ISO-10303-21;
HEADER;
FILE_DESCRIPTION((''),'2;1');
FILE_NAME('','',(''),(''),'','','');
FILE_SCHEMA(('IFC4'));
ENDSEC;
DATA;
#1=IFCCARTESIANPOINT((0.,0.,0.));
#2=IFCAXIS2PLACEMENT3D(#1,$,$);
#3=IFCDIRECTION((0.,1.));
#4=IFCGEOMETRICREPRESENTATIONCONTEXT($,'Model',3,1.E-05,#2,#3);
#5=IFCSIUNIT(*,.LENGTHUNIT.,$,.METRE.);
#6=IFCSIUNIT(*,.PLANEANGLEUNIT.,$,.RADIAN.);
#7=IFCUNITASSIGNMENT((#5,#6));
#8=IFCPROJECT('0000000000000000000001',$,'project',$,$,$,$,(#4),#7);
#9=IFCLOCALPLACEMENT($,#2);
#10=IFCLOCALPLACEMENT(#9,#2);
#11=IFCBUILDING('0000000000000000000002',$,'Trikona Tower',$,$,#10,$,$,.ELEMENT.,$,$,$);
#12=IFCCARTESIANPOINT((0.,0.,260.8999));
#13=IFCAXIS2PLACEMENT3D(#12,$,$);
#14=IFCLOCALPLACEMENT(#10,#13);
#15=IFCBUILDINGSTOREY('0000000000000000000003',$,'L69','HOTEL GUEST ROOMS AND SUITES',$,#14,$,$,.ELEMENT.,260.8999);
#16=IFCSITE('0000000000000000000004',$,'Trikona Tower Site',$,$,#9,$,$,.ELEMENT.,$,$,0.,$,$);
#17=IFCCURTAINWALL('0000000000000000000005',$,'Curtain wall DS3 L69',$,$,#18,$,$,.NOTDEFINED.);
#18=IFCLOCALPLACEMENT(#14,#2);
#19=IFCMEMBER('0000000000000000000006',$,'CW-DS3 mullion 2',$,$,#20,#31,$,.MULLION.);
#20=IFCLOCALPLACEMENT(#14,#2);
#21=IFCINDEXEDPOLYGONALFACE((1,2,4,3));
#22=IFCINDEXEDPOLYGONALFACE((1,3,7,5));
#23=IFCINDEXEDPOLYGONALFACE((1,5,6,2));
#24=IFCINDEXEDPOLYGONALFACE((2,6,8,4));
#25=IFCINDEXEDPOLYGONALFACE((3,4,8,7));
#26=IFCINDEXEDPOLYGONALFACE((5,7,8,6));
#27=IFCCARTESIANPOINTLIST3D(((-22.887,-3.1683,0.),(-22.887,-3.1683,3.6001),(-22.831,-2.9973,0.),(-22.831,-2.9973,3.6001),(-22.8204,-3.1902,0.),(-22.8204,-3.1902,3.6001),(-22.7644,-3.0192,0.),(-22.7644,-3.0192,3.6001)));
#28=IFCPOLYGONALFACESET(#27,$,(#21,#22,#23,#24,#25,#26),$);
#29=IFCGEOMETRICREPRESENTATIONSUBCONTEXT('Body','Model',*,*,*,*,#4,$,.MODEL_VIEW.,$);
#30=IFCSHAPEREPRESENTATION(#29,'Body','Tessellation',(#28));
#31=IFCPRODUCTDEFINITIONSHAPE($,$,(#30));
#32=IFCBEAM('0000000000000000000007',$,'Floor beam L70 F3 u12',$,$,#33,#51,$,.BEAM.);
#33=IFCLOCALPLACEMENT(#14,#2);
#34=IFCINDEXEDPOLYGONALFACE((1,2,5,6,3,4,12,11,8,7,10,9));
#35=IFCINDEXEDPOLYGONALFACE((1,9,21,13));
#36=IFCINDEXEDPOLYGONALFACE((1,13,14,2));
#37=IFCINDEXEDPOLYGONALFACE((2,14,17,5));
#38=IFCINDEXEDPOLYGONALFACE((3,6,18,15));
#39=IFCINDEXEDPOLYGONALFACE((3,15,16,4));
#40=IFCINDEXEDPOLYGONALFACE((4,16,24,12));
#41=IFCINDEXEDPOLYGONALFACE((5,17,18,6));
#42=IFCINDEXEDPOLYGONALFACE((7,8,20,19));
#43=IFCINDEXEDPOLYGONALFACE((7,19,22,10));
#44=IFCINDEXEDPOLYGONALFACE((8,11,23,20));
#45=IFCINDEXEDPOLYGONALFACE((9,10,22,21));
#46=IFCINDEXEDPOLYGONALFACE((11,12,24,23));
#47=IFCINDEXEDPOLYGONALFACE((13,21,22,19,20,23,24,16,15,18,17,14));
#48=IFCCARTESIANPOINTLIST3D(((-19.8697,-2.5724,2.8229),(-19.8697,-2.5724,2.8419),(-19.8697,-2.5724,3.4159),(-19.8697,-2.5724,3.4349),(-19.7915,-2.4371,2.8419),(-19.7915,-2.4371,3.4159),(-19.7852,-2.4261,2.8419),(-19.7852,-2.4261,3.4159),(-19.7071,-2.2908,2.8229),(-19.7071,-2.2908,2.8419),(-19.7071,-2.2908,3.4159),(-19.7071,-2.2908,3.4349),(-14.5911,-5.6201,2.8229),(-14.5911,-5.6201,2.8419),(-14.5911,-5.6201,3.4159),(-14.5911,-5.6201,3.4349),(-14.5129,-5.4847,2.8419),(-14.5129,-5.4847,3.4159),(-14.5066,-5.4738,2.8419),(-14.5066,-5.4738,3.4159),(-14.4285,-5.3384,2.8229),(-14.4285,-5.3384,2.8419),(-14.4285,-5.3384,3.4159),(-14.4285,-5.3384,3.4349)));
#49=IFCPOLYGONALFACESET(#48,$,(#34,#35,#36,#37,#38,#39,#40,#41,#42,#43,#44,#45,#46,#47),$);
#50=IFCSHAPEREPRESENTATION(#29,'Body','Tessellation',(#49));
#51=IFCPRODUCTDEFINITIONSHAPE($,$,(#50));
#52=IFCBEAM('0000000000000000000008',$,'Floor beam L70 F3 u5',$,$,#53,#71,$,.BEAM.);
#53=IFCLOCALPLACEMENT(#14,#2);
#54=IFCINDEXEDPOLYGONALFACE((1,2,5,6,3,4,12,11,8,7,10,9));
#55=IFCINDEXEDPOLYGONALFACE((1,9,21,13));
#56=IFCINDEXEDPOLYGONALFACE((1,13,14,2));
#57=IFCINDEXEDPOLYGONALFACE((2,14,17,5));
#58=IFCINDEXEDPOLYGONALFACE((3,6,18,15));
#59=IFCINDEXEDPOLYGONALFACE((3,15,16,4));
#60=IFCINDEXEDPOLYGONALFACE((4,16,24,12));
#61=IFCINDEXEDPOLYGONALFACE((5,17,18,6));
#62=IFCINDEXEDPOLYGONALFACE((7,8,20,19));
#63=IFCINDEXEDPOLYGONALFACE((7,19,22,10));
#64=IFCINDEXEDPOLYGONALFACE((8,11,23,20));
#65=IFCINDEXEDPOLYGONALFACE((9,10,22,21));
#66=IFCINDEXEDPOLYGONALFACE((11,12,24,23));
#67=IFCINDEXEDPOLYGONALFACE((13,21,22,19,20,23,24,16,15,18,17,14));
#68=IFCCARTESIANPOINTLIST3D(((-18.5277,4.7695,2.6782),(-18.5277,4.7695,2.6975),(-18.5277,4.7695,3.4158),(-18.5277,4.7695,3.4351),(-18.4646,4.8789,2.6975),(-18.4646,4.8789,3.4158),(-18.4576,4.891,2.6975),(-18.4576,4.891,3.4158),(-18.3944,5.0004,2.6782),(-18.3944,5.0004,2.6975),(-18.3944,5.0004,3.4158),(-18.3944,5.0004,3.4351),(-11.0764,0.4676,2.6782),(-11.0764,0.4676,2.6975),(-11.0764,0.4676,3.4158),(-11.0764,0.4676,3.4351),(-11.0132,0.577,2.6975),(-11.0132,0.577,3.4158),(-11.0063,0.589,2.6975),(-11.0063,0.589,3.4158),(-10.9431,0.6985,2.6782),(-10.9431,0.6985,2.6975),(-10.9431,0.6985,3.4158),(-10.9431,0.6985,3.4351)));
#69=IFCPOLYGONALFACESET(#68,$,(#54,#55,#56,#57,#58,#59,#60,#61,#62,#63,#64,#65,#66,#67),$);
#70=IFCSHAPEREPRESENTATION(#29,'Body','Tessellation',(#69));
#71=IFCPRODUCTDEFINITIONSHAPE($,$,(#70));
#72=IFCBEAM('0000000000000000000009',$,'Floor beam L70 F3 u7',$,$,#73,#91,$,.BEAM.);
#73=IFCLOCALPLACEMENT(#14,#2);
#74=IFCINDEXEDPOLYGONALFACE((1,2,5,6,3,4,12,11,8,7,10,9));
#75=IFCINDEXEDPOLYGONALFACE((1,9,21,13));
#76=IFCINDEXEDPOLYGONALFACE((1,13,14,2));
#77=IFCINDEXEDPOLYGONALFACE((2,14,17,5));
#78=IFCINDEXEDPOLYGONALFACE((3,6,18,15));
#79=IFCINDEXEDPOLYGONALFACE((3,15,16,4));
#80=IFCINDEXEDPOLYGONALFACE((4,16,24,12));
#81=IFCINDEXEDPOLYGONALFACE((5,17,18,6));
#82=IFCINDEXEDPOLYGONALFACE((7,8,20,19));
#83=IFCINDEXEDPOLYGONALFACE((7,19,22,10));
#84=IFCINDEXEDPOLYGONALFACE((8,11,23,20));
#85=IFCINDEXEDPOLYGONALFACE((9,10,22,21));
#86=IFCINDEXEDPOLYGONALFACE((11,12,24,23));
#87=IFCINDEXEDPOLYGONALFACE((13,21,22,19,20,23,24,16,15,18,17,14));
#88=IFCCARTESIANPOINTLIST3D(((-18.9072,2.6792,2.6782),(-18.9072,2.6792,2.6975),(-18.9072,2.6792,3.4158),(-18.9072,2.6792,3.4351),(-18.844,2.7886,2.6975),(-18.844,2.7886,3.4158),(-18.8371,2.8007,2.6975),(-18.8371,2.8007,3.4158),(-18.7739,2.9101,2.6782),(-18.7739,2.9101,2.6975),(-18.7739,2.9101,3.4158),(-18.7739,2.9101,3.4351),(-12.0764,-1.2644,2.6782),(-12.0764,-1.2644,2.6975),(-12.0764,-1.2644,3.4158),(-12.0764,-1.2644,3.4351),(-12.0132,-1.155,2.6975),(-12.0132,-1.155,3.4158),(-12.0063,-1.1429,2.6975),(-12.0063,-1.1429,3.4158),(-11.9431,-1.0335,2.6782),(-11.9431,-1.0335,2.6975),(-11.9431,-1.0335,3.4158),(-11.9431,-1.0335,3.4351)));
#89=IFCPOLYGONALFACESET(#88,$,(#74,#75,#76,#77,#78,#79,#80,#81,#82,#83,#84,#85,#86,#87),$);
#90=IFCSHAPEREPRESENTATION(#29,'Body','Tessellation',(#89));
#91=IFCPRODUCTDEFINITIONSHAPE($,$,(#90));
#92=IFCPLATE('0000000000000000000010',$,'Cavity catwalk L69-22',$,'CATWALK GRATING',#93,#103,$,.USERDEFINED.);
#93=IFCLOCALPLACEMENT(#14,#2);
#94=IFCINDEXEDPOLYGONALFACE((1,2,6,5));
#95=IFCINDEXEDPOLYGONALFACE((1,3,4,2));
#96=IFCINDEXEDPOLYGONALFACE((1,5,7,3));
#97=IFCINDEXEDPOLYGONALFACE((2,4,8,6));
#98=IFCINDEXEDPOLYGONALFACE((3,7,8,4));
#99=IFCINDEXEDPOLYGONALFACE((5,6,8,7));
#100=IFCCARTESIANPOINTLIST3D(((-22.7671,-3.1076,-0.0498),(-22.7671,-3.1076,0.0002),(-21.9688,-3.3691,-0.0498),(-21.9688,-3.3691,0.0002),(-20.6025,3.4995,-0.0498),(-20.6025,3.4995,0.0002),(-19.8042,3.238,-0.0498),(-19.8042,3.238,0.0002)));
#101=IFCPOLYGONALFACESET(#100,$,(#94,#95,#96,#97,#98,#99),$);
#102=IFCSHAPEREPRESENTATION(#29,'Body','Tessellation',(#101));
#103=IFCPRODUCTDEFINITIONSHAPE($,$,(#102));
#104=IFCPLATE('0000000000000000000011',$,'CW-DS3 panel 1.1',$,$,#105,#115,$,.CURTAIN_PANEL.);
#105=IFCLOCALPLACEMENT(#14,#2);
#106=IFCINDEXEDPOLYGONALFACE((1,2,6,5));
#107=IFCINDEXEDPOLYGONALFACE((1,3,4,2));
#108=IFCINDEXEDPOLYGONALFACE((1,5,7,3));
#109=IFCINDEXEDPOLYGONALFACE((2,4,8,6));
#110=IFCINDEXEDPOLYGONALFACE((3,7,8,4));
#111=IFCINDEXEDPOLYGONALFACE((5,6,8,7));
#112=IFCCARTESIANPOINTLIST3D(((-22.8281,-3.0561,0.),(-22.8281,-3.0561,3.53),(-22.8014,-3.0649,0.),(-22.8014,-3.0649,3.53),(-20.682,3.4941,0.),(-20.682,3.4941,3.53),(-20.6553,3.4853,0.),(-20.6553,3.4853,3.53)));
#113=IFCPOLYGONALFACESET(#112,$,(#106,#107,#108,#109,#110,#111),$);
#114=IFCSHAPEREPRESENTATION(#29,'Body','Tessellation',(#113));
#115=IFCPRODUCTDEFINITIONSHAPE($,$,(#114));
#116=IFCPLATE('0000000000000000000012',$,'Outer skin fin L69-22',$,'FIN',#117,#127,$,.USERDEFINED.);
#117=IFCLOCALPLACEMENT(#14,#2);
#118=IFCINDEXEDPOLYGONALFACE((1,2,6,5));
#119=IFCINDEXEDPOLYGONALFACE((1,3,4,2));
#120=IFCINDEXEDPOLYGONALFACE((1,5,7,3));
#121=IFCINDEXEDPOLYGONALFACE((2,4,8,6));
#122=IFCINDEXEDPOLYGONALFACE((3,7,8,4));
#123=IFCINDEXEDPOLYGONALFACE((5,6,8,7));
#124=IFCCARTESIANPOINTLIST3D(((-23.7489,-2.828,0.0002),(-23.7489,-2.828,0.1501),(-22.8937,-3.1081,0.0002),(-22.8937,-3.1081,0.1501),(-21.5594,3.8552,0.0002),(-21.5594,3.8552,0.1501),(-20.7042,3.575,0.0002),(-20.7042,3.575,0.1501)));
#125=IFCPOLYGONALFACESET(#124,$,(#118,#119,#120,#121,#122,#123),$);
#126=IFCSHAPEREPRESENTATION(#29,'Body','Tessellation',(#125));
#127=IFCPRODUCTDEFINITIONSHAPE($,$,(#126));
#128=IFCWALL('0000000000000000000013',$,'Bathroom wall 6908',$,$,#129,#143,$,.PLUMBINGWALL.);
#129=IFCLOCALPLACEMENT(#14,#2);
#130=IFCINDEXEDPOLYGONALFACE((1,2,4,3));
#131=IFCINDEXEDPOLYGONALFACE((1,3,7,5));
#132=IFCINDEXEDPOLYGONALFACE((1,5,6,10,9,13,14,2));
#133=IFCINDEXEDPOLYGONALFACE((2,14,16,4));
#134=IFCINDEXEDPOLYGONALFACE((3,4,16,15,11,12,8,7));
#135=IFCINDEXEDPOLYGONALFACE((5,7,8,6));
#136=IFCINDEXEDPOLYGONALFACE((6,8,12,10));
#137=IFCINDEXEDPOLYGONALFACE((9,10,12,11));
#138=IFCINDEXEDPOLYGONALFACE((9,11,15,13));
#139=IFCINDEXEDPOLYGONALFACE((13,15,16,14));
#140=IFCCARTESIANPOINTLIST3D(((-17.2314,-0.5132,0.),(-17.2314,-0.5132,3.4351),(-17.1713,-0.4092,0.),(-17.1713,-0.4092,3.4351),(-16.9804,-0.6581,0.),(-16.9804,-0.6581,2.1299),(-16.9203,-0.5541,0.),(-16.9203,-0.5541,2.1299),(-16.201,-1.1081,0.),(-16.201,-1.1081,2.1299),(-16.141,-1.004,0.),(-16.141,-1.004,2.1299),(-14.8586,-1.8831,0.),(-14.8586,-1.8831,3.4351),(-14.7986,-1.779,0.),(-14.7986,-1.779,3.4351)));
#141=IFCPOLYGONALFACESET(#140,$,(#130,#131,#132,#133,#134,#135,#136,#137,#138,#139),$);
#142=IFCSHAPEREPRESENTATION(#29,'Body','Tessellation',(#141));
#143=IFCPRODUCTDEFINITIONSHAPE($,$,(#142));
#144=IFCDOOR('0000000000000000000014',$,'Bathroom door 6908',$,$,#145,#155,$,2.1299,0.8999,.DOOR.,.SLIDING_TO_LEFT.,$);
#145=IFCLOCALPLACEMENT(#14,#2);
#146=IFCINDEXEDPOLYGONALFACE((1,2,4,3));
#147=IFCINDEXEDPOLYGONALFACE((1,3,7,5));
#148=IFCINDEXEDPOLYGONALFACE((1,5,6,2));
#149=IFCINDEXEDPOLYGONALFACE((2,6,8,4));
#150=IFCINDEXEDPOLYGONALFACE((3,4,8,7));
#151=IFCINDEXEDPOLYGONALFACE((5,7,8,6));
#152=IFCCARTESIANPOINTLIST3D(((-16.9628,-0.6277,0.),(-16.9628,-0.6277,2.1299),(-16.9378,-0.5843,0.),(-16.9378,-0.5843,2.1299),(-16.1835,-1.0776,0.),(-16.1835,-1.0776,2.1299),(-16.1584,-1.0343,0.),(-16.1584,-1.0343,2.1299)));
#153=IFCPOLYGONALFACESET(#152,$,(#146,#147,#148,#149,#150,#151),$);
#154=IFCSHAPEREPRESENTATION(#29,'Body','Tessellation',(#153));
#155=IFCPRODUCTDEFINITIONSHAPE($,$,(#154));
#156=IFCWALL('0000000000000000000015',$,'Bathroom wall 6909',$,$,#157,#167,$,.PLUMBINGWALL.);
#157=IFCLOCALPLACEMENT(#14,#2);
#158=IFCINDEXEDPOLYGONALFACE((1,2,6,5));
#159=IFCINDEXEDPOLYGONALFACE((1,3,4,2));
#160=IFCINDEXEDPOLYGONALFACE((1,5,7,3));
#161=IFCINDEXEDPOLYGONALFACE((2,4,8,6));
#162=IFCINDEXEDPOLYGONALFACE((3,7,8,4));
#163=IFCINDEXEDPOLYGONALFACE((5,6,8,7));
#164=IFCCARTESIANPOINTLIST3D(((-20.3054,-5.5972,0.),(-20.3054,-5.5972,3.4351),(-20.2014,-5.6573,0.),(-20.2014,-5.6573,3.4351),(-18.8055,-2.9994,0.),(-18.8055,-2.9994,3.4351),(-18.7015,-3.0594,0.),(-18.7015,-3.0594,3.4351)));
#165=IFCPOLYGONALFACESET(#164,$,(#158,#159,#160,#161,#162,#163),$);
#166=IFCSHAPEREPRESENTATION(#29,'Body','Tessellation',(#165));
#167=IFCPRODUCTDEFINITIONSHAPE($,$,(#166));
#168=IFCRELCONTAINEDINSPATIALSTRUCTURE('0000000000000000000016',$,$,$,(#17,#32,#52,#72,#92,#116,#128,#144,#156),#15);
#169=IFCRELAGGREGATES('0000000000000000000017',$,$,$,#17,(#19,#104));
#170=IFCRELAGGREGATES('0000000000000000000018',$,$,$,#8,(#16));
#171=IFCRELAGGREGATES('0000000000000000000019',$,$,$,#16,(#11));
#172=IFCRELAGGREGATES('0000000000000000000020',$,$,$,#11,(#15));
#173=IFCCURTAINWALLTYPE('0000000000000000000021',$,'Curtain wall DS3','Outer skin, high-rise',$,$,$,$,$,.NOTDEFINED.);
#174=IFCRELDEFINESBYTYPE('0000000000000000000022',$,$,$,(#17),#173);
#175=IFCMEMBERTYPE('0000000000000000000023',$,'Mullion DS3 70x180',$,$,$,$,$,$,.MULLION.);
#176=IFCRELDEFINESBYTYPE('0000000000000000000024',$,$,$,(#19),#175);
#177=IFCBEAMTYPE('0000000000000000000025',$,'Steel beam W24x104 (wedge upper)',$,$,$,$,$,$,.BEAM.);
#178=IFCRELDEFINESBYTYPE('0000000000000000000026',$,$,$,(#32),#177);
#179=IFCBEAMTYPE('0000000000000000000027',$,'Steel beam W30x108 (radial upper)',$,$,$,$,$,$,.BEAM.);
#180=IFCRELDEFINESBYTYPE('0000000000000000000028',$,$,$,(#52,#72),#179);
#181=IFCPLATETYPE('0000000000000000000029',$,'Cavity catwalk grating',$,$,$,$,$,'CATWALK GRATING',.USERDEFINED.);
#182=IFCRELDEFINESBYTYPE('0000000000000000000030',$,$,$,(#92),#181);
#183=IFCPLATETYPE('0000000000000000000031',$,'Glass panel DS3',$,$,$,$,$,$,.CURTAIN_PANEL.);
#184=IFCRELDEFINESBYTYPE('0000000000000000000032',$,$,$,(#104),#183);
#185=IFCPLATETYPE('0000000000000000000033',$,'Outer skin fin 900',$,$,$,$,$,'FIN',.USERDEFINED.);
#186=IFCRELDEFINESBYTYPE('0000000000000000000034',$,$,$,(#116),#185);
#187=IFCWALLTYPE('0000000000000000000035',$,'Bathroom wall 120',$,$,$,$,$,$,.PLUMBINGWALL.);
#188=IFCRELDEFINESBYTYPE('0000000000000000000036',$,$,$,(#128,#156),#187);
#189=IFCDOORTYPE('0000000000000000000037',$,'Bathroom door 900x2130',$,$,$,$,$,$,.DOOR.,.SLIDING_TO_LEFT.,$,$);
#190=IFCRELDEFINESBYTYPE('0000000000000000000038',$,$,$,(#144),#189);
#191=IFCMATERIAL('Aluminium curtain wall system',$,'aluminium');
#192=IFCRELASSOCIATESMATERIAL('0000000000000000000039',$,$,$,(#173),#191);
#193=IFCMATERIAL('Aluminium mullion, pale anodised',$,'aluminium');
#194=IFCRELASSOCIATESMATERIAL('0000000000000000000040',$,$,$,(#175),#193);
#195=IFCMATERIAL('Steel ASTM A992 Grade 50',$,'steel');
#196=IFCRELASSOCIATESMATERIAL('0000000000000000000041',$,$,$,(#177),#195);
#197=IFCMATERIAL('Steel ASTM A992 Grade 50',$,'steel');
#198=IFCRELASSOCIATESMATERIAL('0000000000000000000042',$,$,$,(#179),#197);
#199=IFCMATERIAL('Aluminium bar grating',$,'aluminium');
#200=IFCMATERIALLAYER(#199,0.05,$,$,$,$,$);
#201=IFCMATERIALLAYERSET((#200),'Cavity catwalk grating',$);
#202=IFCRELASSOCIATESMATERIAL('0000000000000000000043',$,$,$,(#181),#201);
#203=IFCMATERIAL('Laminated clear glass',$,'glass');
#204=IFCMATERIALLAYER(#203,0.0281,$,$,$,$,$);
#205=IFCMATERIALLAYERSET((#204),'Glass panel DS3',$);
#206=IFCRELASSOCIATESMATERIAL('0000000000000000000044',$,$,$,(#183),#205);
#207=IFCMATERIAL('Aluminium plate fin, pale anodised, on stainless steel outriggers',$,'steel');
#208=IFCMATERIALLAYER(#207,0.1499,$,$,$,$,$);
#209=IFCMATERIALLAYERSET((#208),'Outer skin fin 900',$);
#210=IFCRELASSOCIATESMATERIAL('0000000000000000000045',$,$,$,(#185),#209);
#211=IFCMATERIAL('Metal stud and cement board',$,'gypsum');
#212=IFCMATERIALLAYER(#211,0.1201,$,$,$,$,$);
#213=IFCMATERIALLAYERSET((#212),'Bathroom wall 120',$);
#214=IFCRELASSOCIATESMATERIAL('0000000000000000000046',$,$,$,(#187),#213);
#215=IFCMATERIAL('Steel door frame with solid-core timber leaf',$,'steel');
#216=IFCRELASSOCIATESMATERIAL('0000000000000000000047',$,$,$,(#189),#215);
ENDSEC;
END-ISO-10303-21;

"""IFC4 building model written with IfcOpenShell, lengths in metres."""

from ifc_helpers import new_model, si_unit, direction, frame, frame_2d, origin, origin_2d, place, context, subcontext, project, spatial, rectangle, i_section, extrude, material, layer, layer_set, material_profile, profile_set, type_object, element, fill, aggregate, save


model = new_model("IFC4")

# Units and contexts
model_context = context("Model", 3, precision=1e-05, world=origin(), true_north=direction((0.0, 1.0)))
body_context = subcontext(model_context, "Body", "Model", "MODEL_VIEW")
ifc_project = project(units=[si_unit("LENGTHUNIT", "METRE"), si_unit("PLANEANGLEUNIT", "RADIAN")], contexts=[model_context])

# Site, building, storey
site_placement = place(None, origin())
site = spatial("IfcSite", under=ifc_project, at=site_placement, Name="Trikona Tower Site", CompositionType="ELEMENT", RefElevation=0.0)
building_placement = place(site_placement, origin())
building = spatial("IfcBuilding", under=site, at=building_placement, Name="Trikona Tower", CompositionType="ELEMENT")
storey_placement = place(building_placement, frame((0.0, 0.0, 260.8999)))
storey = spatial("IfcBuildingStorey", under=building, at=storey_placement, Name="L69", Description="HOTEL GUEST ROOMS AND SUITES", CompositionType="ELEMENT", Elevation=260.8999)

# Curtain wall, member
ifc_material_1 = material(Name="Aluminium curtain wall system", Category="aluminium")
curtain_wall_type = type_object("IfcCurtainWallType", Name="Curtain wall DS3", Description="Outer skin, high-rise", PredefinedType="NOTDEFINED", material=ifc_material_1)
curtain_wall_placement = place(storey_placement, origin())
curtain_wall = element("IfcCurtainWall", 1, at=curtain_wall_placement, inside=storey, type_object=curtain_wall_type, Name="Curtain wall DS3 L69", PredefinedType="NOTDEFINED")
ifc_material_2 = material(Name="Aluminium mullion, pale anodised", Category="aluminium")
ifc_material_profile_1 = material_profile(ifc_material_2, rectangle(XDim=0.0701, YDim=0.1799, at=origin_2d()), Name="MUL-DS3")
ifc_profile_set_1 = profile_set([ifc_material_profile_1], Name="Aluminium mullion, pale anodised")
member_type = type_object("IfcMemberType", Name="Mullion DS3 70x180", PredefinedType="MULLION", material=ifc_profile_set_1)
member_placement = place(storey_placement, frame((-22.8257, -3.0938, 0.0), z_axis=(0.0, 0.0, 1.0), x_axis=(0.950297, -0.311344, 0.0)))
member = element("IfcMember", 2, at=member_placement, type_object=member_type, Name="CW-DS3 mullion 2", PredefinedType="MULLION", context=body_context, shape_type="SweptSolid", body=[
    extrude(rectangle(XDim=0.0701, YDim=0.1799, at=origin_2d()), origin(), (0.0, 0.0, 1.0), 3.6001),
])

# Beams
ifc_material_3 = material(Name="Steel ASTM A992 Grade 50", Category="steel")
ifc_material_profile_2 = material_profile(ifc_material_3, i_section(OverallWidth=0.3252, OverallDepth=0.6121, WebThickness=0.0127, FlangeThickness=0.019, at=origin_2d()), Name="W24X104")
ifc_profile_set_2 = profile_set([ifc_material_profile_2], Name="Steel ASTM A992 Grade 50")
beam_type_1 = type_object("IfcBeamType", Name="Steel beam W24x104 (wedge upper)", PredefinedType="BEAM", material=ifc_profile_set_2)
beam_1_placement = place(storey_placement, frame((-14.5098, -5.4792, 3.1289), z_axis=(-0.866023, 0.500003, 0.0), x_axis=(-0.500003, -0.866023, 0.0)))
element("IfcBeam", 3, at=beam_1_placement, inside=storey, type_object=beam_type_1, Name="Floor beam L70 F3 u12", PredefinedType="BEAM", context=body_context, shape_type="SweptSolid", body=[
    extrude(i_section(OverallWidth=0.3252, OverallDepth=0.6121, WebThickness=0.0127, FlangeThickness=0.019, at=origin_2d()), origin(), (0.0, 0.0, 1.0), 6.0952),
])
ifc_material_4 = material(Name="Steel ASTM A992 Grade 50", Category="steel")
ifc_material_profile_3 = material_profile(ifc_material_4, i_section(OverallWidth=0.2666, OverallDepth=0.7568, WebThickness=0.0139, FlangeThickness=0.0193, at=origin_2d()), Name="W30X108")
ifc_profile_set_3 = profile_set([ifc_material_profile_3], Name="Steel ASTM A992 Grade 50")
beam_type_2 = type_object("IfcBeamType", Name="Steel beam W30x108 (radial upper)", PredefinedType="BEAM", material=ifc_profile_set_3)
beam_2_placement = place(storey_placement, frame((-11.0098, 0.583, 3.0566), z_axis=(-0.866029, 0.499993, 0.0), x_axis=(-0.499993, -0.866029, 0.0)))
element("IfcBeam", 4, at=beam_2_placement, inside=storey, type_object=beam_type_2, Name="Floor beam L70 F3 u5", PredefinedType="BEAM", context=body_context, shape_type="SweptSolid", body=[
    extrude(i_section(OverallWidth=0.2666, OverallDepth=0.7568, WebThickness=0.0139, FlangeThickness=0.0193, at=origin_2d()), origin(), (0.0, 0.0, 1.0), 8.604),
])
beam_3_placement = place(storey_placement, frame((-12.0098, -1.1489, 3.0566), z_axis=(-0.866035, 0.499984, 0.0), x_axis=(-0.499984, -0.866035, 0.0)))
element("IfcBeam", 5, at=beam_3_placement, inside=storey, type_object=beam_type_2, Name="Floor beam L70 F3 u7", PredefinedType="BEAM", context=body_context, shape_type="SweptSolid", body=[
    extrude(i_section(OverallWidth=0.2666, OverallDepth=0.7568, WebThickness=0.0139, FlangeThickness=0.0193, at=origin_2d()), origin(), (0.0, 0.0, 1.0), 7.8875),
])

# Plates
ifc_material_5 = material(Name="Aluminium bar grating", Category="aluminium")
ifc_layer_1 = layer(ifc_material_5, 0.05)
ifc_layer_set_1 = layer_set([ifc_layer_1], Name="Cavity catwalk grating")
plate_type_1 = type_object("IfcPlateType", Name="Cavity catwalk grating", ElementType="CATWALK GRATING", PredefinedType="USERDEFINED", material=ifc_layer_set_1)
plate_1_placement = place(storey_placement, frame((-21.2856, 0.0652, -0.0498), z_axis=(0.0, 0.0, 1.0), x_axis=(-0.311337, -0.9503, 0.0)))
element("IfcPlate", 6, at=plate_1_placement, inside=storey, type_object=plate_type_1, Name="Cavity catwalk L69-22", ObjectType="CATWALK GRATING", PredefinedType="USERDEFINED", context=body_context, shape_type="SweptSolid", body=[
    extrude(rectangle(XDim=6.9526, YDim=0.8401, at=origin_2d()), origin(), (0.0, 0.0, 1.0), 0.05),
])
ifc_material_6 = material(Name="Laminated clear glass", Category="glass")
ifc_layer_2 = layer(ifc_material_6, 0.0281)
ifc_layer_set_2 = layer_set([ifc_layer_2], Name="Glass panel DS3")
plate_type_2 = type_object("IfcPlateType", Name="Glass panel DS3", PredefinedType="CURTAIN_PANEL", material=ifc_layer_set_2)
plate_2_placement = place(storey_placement, frame((-21.7417, 0.2146, 0.0), z_axis=(0.0, 0.0, 1.0), x_axis=(-0.311344, -0.950297, 0.0)))
plate_2 = element("IfcPlate", 7, at=plate_2_placement, type_object=plate_type_2, Name="CW-DS3 panel 1.1", PredefinedType="CURTAIN_PANEL", context=body_context, shape_type="SweptSolid", body=[
    extrude(rectangle(XDim=6.8928, YDim=0.0281, at=origin_2d()), origin(), (0.0, 0.0, 1.0), 3.53),
])
aggregate(curtain_wall, [member, plate_2])
ifc_material_7 = material(Name="Aluminium plate fin, pale anodised, on stainless steel outriggers", Category="steel")
ifc_layer_3 = layer(ifc_material_7, 0.1499)
ifc_layer_set_3 = layer_set([ifc_layer_3], Name="Outer skin fin 900")
plate_type_3 = type_object("IfcPlateType", Name="Outer skin fin 900", ElementType="FIN", PredefinedType="USERDEFINED", material=ifc_layer_set_3)
plate_3_placement = place(storey_placement, frame((-22.2266, 0.3735, 0.0002), z_axis=(0.0, 0.0, 1.0), x_axis=(-0.311337, -0.9503, 0.0)))
element("IfcPlate", 8, at=plate_3_placement, inside=storey, type_object=plate_type_3, Name="Outer skin fin L69-22", ObjectType="FIN", PredefinedType="USERDEFINED", context=body_context, shape_type="SweptSolid", body=[
    extrude(rectangle(XDim=7.0327, YDim=0.8999, at=origin_2d()), origin(), (0.0, 0.0, 1.0), 0.1499),
])

# Wall, opening, door
ifc_material_8 = material(Name="Metal stud and cement board", Category="gypsum")
ifc_layer_4 = layer(ifc_material_8, 0.1201)
ifc_layer_set_4 = layer_set([ifc_layer_4], Name="Bathroom wall 120")
wall_type_1 = type_object("IfcWallType", Name="Bathroom wall 120", PredefinedType="PLUMBINGWALL", material=ifc_layer_set_4)
wall_1_placement = place(storey_placement, frame((-14.8286, -1.8311, 0.0), z_axis=(0.0, 0.0, 1.0), x_axis=(-0.866036, 0.499982, 0.0)))
wall_1 = element("IfcWall", 9, at=wall_1_placement, inside=storey, type_object=wall_type_1, Name="Bathroom wall 6908", PredefinedType="PLUMBINGWALL", context=body_context, shape_type="SweptSolid", body=[
    extrude(rectangle(XDim=2.7397, YDim=0.1201, at=frame_2d((1.3699, 0.0))), origin(), (0.0, 0.0, 1.0), 3.4351),
])
opening_1_placement = place(wall_1_placement, frame((1.55, 0.0, 0.0)))
opening_1 = element("IfcOpeningElement", 10, at=opening_1_placement, cuts=wall_1, PredefinedType="OPENING", context=body_context, shape_type="SweptSolid", body=[
    extrude(rectangle(XDim=0.8999, YDim=2.1299, at=frame_2d((0.45, 1.0649))), frame((0.0, 0.0701, 0.0), z_axis=(0.0, -1.0, 0.0), x_axis=(1.0, 0.0, 0.0)), (0.0, 0.0, 1.0), 0.1401),
])
ifc_material_9 = material(Name="Steel door frame with solid-core timber leaf", Category="steel")
door_type_1 = type_object("IfcDoorType", Name="Bathroom door 900x2130", OperationType="SLIDING_TO_LEFT", PredefinedType="DOOR", material=ifc_material_9)
door_1_placement = place(opening_1_placement, origin())
door_1 = element("IfcDoor", 11, at=door_1_placement, inside=storey, type_object=door_type_1, Name="Bathroom door 6908", OperationType="SLIDING_TO_LEFT", OverallHeight=2.1299, OverallWidth=0.8999, PredefinedType="DOOR", context=body_context, shape_type="SweptSolid", body=[
    extrude(rectangle(XDim=0.8999, YDim=2.1299, at=frame_2d((0.45, 1.0649))), frame((0.0, 0.0249, 0.0), z_axis=(0.0, -1.0, 0.0), x_axis=(1.0, 0.0, 0.0)), (0.0, 0.0, 1.0), 0.05),
])
fill(opening_1, door_1)

# Wall
wall_2_placement = place(storey_placement, frame((-18.7534, -3.0293, 0.0), z_axis=(0.0, 0.0, 1.0), x_axis=(-0.500025, -0.866011, 0.0)))
element("IfcWall", 12, at=wall_2_placement, inside=storey, type_object=wall_type_1, Name="Bathroom wall 6909", PredefinedType="PLUMBINGWALL", context=body_context, shape_type="SweptSolid", body=[
    extrude(rectangle(XDim=2.9998, YDim=0.1201, at=frame_2d((1.5, 0.0))), origin(), (0.0, 0.0, 1.0), 3.4351),
])

save(model, "model.ifc")
